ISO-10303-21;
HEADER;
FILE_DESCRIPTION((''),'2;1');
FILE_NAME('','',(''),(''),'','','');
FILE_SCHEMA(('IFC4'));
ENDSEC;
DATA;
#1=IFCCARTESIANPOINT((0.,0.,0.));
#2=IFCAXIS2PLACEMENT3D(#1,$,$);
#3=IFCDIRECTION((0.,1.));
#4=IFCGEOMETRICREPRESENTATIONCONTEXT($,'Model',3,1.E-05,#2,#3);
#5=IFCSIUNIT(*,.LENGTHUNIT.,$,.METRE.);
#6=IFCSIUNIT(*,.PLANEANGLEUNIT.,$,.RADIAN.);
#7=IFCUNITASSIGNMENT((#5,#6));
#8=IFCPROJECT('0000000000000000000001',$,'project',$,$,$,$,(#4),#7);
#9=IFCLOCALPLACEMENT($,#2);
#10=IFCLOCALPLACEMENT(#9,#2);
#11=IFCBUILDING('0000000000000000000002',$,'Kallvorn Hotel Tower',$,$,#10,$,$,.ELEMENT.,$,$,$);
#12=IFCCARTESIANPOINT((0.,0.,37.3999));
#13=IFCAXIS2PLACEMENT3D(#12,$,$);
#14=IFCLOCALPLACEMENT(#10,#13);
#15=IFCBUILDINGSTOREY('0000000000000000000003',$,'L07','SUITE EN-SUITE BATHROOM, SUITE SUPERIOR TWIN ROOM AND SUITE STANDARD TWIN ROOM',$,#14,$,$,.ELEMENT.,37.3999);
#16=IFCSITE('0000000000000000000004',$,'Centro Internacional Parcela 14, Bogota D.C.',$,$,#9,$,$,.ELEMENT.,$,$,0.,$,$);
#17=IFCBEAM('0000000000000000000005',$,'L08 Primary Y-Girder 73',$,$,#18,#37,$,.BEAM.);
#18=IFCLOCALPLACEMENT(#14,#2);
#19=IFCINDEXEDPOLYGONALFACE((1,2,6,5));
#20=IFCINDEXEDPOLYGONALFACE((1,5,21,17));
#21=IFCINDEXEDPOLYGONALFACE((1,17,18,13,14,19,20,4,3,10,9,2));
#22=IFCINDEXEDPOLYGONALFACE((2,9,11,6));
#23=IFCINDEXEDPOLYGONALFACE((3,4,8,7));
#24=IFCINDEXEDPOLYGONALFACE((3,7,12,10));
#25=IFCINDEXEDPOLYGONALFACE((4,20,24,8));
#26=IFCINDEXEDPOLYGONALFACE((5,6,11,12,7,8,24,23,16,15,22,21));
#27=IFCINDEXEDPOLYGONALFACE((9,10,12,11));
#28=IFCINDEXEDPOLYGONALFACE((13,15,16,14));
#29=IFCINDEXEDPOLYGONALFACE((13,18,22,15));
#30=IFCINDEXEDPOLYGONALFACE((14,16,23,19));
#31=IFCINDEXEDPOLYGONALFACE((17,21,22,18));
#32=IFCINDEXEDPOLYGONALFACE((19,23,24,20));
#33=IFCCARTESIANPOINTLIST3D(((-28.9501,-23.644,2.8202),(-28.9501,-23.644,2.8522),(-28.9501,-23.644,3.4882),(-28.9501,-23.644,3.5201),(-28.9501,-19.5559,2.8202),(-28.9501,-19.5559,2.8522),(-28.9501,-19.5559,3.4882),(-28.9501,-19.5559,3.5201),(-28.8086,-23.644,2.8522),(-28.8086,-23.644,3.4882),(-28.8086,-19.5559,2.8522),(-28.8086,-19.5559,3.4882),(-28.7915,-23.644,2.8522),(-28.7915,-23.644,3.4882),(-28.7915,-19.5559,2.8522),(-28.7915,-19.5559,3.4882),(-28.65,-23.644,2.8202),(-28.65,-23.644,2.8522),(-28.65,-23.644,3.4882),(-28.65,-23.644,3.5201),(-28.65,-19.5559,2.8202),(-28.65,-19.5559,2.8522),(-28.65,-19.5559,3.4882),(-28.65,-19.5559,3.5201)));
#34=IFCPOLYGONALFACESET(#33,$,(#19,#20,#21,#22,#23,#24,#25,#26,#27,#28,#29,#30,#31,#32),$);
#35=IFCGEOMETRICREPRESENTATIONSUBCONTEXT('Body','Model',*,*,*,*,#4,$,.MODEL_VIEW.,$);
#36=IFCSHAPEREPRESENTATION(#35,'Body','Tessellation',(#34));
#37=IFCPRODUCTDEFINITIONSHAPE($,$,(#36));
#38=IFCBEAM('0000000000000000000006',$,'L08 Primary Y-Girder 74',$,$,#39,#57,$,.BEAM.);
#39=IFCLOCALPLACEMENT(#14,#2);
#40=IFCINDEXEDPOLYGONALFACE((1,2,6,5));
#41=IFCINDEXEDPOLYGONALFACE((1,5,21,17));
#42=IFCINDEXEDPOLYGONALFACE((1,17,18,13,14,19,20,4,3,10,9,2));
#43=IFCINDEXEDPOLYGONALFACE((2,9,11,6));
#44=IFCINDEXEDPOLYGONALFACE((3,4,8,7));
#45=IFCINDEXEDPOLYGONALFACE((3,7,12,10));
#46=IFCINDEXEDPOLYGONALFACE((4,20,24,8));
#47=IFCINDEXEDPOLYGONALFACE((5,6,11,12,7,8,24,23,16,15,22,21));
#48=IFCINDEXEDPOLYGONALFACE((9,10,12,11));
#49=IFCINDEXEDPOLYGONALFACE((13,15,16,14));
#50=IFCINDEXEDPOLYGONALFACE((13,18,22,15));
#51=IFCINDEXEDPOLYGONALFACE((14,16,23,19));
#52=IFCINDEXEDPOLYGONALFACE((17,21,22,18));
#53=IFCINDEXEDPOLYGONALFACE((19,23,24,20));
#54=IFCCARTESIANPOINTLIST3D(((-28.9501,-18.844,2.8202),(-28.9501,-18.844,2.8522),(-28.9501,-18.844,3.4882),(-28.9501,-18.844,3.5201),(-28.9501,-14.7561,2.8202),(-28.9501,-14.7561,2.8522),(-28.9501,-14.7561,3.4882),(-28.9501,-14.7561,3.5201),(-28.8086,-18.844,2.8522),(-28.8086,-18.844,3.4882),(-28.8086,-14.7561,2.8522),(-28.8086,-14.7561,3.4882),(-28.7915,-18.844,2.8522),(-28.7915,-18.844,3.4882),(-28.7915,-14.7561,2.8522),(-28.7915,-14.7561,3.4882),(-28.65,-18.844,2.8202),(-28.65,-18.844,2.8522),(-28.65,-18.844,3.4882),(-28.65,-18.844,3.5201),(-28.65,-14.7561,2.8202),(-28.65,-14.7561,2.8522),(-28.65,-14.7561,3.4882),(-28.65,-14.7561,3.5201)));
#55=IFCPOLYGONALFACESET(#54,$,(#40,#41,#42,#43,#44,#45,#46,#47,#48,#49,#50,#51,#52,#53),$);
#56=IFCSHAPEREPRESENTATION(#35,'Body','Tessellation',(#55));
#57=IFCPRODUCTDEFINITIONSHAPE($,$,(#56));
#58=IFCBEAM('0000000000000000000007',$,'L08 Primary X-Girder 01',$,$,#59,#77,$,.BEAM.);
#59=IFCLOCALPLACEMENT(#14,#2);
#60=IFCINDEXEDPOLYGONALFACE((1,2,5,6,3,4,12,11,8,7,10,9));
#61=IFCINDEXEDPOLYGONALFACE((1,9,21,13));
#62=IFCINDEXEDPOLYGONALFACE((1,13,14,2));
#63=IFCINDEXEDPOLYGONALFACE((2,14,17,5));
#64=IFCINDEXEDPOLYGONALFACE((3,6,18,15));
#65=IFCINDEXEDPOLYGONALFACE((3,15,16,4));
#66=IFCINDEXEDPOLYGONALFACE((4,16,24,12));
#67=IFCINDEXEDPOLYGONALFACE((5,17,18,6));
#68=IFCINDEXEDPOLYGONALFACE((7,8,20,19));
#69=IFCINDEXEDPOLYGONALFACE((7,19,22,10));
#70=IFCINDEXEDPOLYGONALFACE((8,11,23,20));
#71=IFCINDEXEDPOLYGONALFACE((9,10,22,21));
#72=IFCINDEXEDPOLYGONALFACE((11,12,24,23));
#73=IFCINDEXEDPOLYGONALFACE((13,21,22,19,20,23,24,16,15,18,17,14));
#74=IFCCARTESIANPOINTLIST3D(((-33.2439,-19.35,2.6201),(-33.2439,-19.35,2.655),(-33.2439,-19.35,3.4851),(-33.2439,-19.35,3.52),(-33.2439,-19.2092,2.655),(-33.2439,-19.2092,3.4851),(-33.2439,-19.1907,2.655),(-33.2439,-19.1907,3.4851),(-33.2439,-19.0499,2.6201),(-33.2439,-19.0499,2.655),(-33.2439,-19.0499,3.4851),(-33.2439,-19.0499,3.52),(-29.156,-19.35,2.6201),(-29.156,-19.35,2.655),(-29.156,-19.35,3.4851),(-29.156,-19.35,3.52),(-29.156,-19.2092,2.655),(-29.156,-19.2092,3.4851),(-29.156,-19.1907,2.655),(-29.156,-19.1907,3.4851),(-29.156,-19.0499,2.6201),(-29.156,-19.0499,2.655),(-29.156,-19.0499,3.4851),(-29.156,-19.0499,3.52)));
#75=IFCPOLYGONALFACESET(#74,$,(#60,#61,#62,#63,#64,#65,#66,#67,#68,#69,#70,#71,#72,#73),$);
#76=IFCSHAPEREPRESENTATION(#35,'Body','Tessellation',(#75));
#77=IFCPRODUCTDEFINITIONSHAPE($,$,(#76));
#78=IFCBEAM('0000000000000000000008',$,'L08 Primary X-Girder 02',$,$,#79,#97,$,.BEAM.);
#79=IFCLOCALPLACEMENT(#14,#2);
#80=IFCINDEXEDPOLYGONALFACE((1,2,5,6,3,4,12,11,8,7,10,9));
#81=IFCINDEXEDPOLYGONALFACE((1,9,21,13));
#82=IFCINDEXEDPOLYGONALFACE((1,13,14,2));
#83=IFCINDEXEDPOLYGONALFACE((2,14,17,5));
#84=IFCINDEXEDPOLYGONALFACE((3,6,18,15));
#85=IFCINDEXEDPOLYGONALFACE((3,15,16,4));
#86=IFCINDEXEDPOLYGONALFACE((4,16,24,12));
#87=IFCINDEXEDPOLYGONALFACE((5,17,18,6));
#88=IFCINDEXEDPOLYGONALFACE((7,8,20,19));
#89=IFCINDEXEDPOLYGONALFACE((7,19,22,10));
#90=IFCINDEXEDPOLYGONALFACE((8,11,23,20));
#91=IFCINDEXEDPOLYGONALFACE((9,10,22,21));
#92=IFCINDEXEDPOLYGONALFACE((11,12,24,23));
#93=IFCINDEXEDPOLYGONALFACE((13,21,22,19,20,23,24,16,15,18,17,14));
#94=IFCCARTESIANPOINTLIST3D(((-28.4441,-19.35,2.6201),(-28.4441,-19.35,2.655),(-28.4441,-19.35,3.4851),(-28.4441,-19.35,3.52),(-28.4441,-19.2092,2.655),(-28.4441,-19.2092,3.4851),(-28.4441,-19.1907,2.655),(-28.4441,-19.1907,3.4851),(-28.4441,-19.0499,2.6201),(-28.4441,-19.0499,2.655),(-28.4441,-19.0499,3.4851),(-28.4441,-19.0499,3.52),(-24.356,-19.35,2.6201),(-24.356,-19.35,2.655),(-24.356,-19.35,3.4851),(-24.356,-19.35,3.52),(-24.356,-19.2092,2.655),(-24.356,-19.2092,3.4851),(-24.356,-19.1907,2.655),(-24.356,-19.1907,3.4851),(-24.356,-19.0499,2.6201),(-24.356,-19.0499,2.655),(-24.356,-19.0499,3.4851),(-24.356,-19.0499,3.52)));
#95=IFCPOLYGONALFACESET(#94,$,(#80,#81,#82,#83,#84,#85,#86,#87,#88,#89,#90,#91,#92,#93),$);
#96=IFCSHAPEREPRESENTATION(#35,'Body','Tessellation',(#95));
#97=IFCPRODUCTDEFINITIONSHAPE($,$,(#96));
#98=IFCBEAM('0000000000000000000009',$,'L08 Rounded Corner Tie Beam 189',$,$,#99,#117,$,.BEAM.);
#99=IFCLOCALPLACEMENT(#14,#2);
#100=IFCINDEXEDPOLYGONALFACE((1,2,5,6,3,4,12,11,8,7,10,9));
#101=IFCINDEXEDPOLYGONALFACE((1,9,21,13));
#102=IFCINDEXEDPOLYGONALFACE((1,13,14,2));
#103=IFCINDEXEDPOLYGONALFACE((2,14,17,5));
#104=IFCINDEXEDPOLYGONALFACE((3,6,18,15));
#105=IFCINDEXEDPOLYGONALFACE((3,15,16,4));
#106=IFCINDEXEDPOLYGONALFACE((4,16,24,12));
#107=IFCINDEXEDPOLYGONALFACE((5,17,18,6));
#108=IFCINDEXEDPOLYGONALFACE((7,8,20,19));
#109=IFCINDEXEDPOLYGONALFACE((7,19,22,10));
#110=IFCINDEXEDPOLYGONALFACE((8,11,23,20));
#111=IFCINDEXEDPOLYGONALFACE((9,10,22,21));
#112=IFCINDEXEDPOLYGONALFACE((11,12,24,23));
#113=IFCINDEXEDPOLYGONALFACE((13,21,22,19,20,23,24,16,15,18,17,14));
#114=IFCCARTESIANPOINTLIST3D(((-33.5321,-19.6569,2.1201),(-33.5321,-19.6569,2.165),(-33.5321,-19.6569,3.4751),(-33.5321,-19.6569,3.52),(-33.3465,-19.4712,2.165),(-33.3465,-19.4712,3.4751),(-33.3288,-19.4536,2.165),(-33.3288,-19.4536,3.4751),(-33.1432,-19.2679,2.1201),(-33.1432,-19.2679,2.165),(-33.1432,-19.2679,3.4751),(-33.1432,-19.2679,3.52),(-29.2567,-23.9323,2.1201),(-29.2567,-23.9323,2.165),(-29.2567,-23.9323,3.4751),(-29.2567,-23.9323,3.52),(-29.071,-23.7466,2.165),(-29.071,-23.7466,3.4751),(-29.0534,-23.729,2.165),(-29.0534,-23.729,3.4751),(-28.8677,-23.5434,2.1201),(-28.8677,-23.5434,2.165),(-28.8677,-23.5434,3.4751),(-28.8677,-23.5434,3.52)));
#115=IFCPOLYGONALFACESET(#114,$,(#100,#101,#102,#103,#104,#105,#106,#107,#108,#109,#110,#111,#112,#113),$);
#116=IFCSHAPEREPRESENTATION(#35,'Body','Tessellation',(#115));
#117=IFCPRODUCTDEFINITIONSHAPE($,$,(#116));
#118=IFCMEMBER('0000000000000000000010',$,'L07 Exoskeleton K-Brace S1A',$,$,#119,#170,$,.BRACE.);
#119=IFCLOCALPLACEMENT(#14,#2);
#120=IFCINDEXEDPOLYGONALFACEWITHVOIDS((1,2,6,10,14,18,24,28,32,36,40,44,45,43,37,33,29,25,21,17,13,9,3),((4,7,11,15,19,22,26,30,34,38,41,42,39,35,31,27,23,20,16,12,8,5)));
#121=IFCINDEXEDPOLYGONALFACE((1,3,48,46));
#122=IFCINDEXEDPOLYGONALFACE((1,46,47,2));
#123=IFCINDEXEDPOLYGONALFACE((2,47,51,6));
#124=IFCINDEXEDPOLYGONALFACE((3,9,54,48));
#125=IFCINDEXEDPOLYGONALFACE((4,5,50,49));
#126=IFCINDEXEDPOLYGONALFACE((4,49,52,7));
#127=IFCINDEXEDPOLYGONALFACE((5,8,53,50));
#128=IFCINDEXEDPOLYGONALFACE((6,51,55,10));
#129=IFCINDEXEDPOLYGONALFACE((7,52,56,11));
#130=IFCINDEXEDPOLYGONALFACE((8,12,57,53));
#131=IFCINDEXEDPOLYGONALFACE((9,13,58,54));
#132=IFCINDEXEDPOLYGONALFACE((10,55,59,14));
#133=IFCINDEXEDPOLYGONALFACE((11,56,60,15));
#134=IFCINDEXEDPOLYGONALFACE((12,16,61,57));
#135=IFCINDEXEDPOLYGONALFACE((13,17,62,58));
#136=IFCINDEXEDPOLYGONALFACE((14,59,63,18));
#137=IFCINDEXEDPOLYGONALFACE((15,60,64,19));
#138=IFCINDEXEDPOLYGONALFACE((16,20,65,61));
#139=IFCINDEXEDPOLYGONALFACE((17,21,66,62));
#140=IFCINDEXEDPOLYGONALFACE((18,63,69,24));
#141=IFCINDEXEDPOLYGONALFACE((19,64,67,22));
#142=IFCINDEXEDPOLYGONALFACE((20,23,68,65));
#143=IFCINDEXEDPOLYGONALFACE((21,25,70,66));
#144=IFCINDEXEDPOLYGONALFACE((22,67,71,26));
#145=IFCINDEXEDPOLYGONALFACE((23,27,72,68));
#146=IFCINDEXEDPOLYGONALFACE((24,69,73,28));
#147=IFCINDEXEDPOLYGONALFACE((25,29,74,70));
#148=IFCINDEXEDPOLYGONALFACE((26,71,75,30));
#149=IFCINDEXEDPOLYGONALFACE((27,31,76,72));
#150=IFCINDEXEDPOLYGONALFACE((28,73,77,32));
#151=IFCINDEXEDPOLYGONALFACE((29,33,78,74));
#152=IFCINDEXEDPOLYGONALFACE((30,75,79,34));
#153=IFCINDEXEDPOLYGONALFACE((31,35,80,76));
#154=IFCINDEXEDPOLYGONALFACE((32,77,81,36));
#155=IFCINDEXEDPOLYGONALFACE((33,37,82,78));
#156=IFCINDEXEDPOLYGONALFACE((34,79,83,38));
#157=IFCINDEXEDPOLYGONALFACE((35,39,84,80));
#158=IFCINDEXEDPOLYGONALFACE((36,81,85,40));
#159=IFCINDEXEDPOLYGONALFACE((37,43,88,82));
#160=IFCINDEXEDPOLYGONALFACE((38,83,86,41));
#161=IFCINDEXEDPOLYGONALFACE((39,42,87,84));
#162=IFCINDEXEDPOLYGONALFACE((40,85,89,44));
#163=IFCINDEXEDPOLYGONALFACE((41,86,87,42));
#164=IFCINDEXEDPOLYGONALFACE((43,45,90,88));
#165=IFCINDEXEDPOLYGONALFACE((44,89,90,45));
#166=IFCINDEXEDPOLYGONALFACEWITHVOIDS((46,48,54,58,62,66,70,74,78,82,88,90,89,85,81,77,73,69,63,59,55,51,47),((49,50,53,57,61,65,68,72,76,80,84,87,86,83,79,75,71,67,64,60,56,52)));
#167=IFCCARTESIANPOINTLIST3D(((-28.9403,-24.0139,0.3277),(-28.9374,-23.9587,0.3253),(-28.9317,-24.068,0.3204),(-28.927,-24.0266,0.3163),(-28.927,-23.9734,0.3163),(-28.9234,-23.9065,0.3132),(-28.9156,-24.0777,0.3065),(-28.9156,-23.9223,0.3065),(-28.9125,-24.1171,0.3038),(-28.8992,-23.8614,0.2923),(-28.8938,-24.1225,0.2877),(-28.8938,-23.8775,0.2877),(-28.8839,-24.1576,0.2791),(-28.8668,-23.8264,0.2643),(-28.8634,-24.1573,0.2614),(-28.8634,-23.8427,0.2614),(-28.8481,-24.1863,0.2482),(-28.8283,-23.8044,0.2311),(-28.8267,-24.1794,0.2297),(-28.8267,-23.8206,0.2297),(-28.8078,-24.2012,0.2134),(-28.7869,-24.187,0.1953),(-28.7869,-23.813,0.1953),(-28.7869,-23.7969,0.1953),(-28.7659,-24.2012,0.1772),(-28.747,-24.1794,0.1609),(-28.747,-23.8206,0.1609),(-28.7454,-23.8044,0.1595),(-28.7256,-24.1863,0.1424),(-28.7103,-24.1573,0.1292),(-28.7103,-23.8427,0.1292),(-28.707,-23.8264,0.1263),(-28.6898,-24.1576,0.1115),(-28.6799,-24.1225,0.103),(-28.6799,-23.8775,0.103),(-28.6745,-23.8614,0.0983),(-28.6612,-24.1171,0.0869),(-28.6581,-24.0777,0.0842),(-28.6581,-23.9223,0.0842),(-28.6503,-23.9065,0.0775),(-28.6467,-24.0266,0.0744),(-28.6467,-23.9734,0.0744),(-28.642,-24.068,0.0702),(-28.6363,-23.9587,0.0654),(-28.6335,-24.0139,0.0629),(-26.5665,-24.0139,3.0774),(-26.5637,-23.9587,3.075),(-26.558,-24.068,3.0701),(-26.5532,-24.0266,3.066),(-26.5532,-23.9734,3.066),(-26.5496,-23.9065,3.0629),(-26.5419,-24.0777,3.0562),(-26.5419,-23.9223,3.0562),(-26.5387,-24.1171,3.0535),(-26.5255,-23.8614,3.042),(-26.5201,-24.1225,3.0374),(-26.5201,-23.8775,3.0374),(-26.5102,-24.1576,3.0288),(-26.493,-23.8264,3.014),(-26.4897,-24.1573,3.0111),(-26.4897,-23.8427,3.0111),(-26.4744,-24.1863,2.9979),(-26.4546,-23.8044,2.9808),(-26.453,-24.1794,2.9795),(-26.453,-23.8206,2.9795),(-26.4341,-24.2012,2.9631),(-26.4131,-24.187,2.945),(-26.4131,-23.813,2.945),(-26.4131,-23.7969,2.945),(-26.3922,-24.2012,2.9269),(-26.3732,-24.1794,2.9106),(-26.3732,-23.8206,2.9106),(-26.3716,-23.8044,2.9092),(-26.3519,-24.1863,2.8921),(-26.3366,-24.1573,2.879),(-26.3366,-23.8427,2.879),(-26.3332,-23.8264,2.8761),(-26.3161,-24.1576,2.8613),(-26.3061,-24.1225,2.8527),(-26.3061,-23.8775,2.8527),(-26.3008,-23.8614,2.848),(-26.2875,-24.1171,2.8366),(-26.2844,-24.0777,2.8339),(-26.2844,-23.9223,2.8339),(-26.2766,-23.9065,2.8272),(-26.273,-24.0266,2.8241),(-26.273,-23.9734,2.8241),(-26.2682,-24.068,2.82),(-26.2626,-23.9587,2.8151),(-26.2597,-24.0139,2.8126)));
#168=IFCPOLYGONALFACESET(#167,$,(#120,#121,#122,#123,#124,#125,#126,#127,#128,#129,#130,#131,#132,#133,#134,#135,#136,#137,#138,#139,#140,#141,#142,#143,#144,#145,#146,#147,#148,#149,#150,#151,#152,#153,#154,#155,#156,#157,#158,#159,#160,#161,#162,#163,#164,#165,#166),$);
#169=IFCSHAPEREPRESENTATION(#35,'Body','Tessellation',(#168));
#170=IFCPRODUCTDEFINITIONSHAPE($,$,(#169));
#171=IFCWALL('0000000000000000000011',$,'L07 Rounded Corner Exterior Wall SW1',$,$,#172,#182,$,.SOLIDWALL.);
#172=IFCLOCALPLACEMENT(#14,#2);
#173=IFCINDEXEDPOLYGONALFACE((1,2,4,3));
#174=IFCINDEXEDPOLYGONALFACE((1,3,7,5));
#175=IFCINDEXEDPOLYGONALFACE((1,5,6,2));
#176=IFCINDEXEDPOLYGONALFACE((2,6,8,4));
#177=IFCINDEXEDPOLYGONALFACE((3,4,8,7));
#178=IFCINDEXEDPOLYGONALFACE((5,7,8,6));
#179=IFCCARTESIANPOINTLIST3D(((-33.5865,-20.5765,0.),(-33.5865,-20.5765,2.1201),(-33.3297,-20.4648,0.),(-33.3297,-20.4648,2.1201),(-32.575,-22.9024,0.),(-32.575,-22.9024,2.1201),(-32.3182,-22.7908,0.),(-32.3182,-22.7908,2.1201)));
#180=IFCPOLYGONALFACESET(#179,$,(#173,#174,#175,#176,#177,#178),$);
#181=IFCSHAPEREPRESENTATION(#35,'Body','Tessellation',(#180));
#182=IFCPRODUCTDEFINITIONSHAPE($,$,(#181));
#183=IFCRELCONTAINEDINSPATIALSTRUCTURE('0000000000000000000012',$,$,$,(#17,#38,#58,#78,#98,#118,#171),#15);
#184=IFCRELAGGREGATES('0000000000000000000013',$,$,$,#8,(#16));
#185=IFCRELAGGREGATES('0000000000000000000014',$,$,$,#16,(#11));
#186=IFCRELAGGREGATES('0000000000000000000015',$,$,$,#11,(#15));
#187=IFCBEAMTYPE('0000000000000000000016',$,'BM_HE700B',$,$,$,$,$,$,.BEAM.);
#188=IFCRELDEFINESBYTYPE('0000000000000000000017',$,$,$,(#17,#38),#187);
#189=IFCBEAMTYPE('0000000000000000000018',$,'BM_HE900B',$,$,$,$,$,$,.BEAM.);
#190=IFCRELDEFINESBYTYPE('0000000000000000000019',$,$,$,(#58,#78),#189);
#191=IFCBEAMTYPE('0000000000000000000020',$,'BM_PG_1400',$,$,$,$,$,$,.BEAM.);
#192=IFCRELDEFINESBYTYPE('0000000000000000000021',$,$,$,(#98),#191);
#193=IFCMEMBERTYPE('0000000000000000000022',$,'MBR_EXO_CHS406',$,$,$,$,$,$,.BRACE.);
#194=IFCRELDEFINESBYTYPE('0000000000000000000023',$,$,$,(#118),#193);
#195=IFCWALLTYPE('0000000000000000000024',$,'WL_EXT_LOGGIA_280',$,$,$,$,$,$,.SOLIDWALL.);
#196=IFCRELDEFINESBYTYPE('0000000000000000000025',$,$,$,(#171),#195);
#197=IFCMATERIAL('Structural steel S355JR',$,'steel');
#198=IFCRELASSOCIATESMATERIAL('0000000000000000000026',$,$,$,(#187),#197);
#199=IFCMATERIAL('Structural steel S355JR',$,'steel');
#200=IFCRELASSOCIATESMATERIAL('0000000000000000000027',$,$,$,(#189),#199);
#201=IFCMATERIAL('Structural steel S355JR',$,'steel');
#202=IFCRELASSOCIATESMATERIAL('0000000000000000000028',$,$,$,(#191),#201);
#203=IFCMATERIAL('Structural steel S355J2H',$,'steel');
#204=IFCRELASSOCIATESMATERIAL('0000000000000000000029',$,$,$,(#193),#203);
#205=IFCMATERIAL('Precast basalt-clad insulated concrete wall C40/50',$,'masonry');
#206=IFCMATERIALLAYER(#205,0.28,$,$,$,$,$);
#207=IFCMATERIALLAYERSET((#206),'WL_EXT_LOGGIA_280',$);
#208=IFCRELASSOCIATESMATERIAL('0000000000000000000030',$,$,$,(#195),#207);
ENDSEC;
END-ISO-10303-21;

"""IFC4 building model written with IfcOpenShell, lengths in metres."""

from ifc_helpers import new_model, si_unit, direction, frame, frame_2d, origin, origin_2d, place, context, subcontext, project, spatial, rectangle, hollow_circle, i_section, extrude, material, layer, layer_set, material_profile, profile_set, type_object, element, save


model = new_model("IFC4")

# Units and contexts
model_context = context("Model", 3, precision=1e-05, world=origin(), true_north=direction((0.0, 1.0)))
body_context = subcontext(model_context, "Body", "Model", "MODEL_VIEW")
ifc_project = project(units=[si_unit("LENGTHUNIT", "METRE"), si_unit("PLANEANGLEUNIT", "RADIAN")], contexts=[model_context])

# Site, building, storey
site_placement = place(None, origin())
site = spatial("IfcSite", under=ifc_project, at=site_placement, Name="Centro Internacional Parcela 14, Bogota D.C.", CompositionType="ELEMENT", RefElevation=0.0)
building_placement = place(site_placement, origin())
building = spatial("IfcBuilding", under=site, at=building_placement, Name="Kallvorn Hotel Tower", CompositionType="ELEMENT")
storey_placement = place(building_placement, frame((0.0, 0.0, 37.3999)))
storey = spatial("IfcBuildingStorey", under=building, at=storey_placement, Name="L07", Description="SUITE EN-SUITE BATHROOM, SUITE SUPERIOR TWIN ROOM AND SUITE STANDARD TWIN ROOM", CompositionType="ELEMENT", Elevation=37.3999)

# Beams
ifc_material_1 = material(Name="Structural steel S355JR", Category="steel")
ifc_material_profile_1 = material_profile(ifc_material_1, i_section(OverallWidth=0.3, OverallDepth=0.7, WebThickness=0.0171, FlangeThickness=0.032, at=origin_2d()), Name="HE 700 B")
ifc_profile_set_1 = profile_set([ifc_material_profile_1], Name="Structural steel S355JR")
beam_type_1 = type_object("IfcBeamType", Name="BM_HE700B", PredefinedType="BEAM", material=ifc_profile_set_1)
beam_1_placement = place(storey_placement, frame((-28.8, -23.644, 3.1702), z_axis=(0.0, 1.0, 0.0), x_axis=(-1.0, 0.0, 0.0)))
element("IfcBeam", 1, at=beam_1_placement, inside=storey, type_object=beam_type_1, Name="L08 Primary Y-Girder 73", PredefinedType="BEAM", context=body_context, shape_type="SweptSolid", body=[
    extrude(i_section(OverallWidth=0.3, OverallDepth=0.7, WebThickness=0.0171, FlangeThickness=0.032, at=origin_2d()), origin(), (0.0, 0.0, 1.0), 4.0881),
])
beam_2_placement = place(storey_placement, frame((-28.8, -18.844, 3.1702), z_axis=(0.0, 1.0, 0.0), x_axis=(-1.0, 0.0, 0.0)))
element("IfcBeam", 2, at=beam_2_placement, inside=storey, type_object=beam_type_1, Name="L08 Primary Y-Girder 74", PredefinedType="BEAM", context=body_context, shape_type="SweptSolid", body=[
    extrude(i_section(OverallWidth=0.3, OverallDepth=0.7, WebThickness=0.0171, FlangeThickness=0.032, at=origin_2d()), origin(), (0.0, 0.0, 1.0), 4.0879),
])
ifc_material_2 = material(Name="Structural steel S355JR", Category="steel")
ifc_material_profile_2 = material_profile(ifc_material_2, i_section(OverallWidth=0.3, OverallDepth=0.8999, WebThickness=0.0186, FlangeThickness=0.0349, at=origin_2d()), Name="HE 900 B")
ifc_profile_set_2 = profile_set([ifc_material_profile_2], Name="Structural steel S355JR")
beam_type_2 = type_object("IfcBeamType", Name="BM_HE900B", PredefinedType="BEAM", material=ifc_profile_set_2)
beam_3_placement = place(storey_placement, frame((-33.2439, -19.2, 3.0701), z_axis=(1.0, 0.0, 0.0), x_axis=(0.0, 1.0, 0.0)))
element("IfcBeam", 3, at=beam_3_placement, inside=storey, type_object=beam_type_2, Name="L08 Primary X-Girder 01", PredefinedType="BEAM", context=body_context, shape_type="SweptSolid", body=[
    extrude(i_section(OverallWidth=0.3, OverallDepth=0.8999, WebThickness=0.0186, FlangeThickness=0.0349, at=origin_2d()), origin(), (0.0, 0.0, 1.0), 4.0879),
])
beam_4_placement = place(storey_placement, frame((-28.4441, -19.2, 3.0701), z_axis=(1.0, 0.0, 0.0), x_axis=(0.0, 1.0, 0.0)))
element("IfcBeam", 4, at=beam_4_placement, inside=storey, type_object=beam_type_2, Name="L08 Primary X-Girder 02", PredefinedType="BEAM", context=body_context, shape_type="SweptSolid", body=[
    extrude(i_section(OverallWidth=0.3, OverallDepth=0.8999, WebThickness=0.0186, FlangeThickness=0.0349, at=origin_2d()), origin(), (0.0, 0.0, 1.0), 4.0881),
])
ifc_material_3 = material(Name="Structural steel S355JR", Category="steel")
ifc_material_profile_3 = material_profile(ifc_material_3, i_section(OverallWidth=0.55, OverallDepth=1.3999, WebThickness=0.0249, FlangeThickness=0.0449, at=origin_2d()), Name="PG 1400x550x25x45")
ifc_profile_set_3 = profile_set([ifc_material_profile_3], Name="Structural steel S355JR")
beam_type_3 = type_object("IfcBeamType", Name="BM_PG_1400", PredefinedType="BEAM", material=ifc_profile_set_3)
beam_5_placement = place(storey_placement, frame((-33.3376, -19.4624, 2.8201), z_axis=(0.707107, -0.707107, 0.0), x_axis=(0.707107, 0.707107, 0.0)))
element("IfcBeam", 5, at=beam_5_placement, inside=storey, type_object=beam_type_3, Name="L08 Rounded Corner Tie Beam 189", PredefinedType="BEAM", context=body_context, shape_type="SweptSolid", body=[
    extrude(i_section(OverallWidth=0.55, OverallDepth=1.3999, WebThickness=0.0249, FlangeThickness=0.0449, at=origin_2d()), origin(), (0.0, 0.0, 1.0), 6.0464),
])

# Member
ifc_material_4 = material(Name="Structural steel S355J2H", Category="steel")
ifc_material_profile_4 = material_profile(ifc_material_4, hollow_circle(Radius=0.2031, WallThickness=0.0161, at=origin_2d()), Name="CHS 406.4x16")
ifc_profile_set_4 = profile_set([ifc_material_profile_4], Name="Structural steel S355J2H")
member_type = type_object("IfcMemberType", Name="MBR_EXO_CHS406", PredefinedType="BRACE", material=ifc_profile_set_4)
member_placement = place(storey_placement, frame((-28.7869, -24.0, 0.1953), z_axis=(0.653461, 0.0, 0.756961), x_axis=(0.0, 1.0, 0.0)))
element("IfcMember", 6, at=member_placement, inside=storey, type_object=member_type, Name="L07 Exoskeleton K-Brace S1A", PredefinedType="BRACE", context=body_context, shape_type="SweptSolid", body=[
    extrude(hollow_circle(Radius=0.2031, WallThickness=0.0161, at=origin_2d()), origin(), (0.0, 0.0, 1.0), 3.6326),
])

# Wall
ifc_material_5 = material(Name="Precast basalt-clad insulated concrete wall C40/50", Category="masonry")
ifc_layer = layer(ifc_material_5, 0.28)
ifc_layer_set = layer_set([ifc_layer], Name="WL_EXT_LOGGIA_280")
wall_type = type_object("IfcWallType", Name="WL_EXT_LOGGIA_280", PredefinedType="SOLIDWALL", material=ifc_layer_set)
wall_1_placement = place(storey_placement, frame((-33.458, -20.5208, 0.0), z_axis=(0.0, 0.0, 1.0), x_axis=(0.398793, -0.917041, 0.0)))
element("IfcWall", 7, at=wall_1_placement, inside=storey, type_object=wall_type, Name="L07 Rounded Corner Exterior Wall SW1", PredefinedType="SOLIDWALL", context=body_context, shape_type="SweptSolid", body=[
    extrude(rectangle(XDim=2.5364, YDim=0.28, at=frame_2d((1.2681, 0.0))), origin(), (0.0, 0.0, 1.0), 2.1201),
])

save(model, "model.ifc")
